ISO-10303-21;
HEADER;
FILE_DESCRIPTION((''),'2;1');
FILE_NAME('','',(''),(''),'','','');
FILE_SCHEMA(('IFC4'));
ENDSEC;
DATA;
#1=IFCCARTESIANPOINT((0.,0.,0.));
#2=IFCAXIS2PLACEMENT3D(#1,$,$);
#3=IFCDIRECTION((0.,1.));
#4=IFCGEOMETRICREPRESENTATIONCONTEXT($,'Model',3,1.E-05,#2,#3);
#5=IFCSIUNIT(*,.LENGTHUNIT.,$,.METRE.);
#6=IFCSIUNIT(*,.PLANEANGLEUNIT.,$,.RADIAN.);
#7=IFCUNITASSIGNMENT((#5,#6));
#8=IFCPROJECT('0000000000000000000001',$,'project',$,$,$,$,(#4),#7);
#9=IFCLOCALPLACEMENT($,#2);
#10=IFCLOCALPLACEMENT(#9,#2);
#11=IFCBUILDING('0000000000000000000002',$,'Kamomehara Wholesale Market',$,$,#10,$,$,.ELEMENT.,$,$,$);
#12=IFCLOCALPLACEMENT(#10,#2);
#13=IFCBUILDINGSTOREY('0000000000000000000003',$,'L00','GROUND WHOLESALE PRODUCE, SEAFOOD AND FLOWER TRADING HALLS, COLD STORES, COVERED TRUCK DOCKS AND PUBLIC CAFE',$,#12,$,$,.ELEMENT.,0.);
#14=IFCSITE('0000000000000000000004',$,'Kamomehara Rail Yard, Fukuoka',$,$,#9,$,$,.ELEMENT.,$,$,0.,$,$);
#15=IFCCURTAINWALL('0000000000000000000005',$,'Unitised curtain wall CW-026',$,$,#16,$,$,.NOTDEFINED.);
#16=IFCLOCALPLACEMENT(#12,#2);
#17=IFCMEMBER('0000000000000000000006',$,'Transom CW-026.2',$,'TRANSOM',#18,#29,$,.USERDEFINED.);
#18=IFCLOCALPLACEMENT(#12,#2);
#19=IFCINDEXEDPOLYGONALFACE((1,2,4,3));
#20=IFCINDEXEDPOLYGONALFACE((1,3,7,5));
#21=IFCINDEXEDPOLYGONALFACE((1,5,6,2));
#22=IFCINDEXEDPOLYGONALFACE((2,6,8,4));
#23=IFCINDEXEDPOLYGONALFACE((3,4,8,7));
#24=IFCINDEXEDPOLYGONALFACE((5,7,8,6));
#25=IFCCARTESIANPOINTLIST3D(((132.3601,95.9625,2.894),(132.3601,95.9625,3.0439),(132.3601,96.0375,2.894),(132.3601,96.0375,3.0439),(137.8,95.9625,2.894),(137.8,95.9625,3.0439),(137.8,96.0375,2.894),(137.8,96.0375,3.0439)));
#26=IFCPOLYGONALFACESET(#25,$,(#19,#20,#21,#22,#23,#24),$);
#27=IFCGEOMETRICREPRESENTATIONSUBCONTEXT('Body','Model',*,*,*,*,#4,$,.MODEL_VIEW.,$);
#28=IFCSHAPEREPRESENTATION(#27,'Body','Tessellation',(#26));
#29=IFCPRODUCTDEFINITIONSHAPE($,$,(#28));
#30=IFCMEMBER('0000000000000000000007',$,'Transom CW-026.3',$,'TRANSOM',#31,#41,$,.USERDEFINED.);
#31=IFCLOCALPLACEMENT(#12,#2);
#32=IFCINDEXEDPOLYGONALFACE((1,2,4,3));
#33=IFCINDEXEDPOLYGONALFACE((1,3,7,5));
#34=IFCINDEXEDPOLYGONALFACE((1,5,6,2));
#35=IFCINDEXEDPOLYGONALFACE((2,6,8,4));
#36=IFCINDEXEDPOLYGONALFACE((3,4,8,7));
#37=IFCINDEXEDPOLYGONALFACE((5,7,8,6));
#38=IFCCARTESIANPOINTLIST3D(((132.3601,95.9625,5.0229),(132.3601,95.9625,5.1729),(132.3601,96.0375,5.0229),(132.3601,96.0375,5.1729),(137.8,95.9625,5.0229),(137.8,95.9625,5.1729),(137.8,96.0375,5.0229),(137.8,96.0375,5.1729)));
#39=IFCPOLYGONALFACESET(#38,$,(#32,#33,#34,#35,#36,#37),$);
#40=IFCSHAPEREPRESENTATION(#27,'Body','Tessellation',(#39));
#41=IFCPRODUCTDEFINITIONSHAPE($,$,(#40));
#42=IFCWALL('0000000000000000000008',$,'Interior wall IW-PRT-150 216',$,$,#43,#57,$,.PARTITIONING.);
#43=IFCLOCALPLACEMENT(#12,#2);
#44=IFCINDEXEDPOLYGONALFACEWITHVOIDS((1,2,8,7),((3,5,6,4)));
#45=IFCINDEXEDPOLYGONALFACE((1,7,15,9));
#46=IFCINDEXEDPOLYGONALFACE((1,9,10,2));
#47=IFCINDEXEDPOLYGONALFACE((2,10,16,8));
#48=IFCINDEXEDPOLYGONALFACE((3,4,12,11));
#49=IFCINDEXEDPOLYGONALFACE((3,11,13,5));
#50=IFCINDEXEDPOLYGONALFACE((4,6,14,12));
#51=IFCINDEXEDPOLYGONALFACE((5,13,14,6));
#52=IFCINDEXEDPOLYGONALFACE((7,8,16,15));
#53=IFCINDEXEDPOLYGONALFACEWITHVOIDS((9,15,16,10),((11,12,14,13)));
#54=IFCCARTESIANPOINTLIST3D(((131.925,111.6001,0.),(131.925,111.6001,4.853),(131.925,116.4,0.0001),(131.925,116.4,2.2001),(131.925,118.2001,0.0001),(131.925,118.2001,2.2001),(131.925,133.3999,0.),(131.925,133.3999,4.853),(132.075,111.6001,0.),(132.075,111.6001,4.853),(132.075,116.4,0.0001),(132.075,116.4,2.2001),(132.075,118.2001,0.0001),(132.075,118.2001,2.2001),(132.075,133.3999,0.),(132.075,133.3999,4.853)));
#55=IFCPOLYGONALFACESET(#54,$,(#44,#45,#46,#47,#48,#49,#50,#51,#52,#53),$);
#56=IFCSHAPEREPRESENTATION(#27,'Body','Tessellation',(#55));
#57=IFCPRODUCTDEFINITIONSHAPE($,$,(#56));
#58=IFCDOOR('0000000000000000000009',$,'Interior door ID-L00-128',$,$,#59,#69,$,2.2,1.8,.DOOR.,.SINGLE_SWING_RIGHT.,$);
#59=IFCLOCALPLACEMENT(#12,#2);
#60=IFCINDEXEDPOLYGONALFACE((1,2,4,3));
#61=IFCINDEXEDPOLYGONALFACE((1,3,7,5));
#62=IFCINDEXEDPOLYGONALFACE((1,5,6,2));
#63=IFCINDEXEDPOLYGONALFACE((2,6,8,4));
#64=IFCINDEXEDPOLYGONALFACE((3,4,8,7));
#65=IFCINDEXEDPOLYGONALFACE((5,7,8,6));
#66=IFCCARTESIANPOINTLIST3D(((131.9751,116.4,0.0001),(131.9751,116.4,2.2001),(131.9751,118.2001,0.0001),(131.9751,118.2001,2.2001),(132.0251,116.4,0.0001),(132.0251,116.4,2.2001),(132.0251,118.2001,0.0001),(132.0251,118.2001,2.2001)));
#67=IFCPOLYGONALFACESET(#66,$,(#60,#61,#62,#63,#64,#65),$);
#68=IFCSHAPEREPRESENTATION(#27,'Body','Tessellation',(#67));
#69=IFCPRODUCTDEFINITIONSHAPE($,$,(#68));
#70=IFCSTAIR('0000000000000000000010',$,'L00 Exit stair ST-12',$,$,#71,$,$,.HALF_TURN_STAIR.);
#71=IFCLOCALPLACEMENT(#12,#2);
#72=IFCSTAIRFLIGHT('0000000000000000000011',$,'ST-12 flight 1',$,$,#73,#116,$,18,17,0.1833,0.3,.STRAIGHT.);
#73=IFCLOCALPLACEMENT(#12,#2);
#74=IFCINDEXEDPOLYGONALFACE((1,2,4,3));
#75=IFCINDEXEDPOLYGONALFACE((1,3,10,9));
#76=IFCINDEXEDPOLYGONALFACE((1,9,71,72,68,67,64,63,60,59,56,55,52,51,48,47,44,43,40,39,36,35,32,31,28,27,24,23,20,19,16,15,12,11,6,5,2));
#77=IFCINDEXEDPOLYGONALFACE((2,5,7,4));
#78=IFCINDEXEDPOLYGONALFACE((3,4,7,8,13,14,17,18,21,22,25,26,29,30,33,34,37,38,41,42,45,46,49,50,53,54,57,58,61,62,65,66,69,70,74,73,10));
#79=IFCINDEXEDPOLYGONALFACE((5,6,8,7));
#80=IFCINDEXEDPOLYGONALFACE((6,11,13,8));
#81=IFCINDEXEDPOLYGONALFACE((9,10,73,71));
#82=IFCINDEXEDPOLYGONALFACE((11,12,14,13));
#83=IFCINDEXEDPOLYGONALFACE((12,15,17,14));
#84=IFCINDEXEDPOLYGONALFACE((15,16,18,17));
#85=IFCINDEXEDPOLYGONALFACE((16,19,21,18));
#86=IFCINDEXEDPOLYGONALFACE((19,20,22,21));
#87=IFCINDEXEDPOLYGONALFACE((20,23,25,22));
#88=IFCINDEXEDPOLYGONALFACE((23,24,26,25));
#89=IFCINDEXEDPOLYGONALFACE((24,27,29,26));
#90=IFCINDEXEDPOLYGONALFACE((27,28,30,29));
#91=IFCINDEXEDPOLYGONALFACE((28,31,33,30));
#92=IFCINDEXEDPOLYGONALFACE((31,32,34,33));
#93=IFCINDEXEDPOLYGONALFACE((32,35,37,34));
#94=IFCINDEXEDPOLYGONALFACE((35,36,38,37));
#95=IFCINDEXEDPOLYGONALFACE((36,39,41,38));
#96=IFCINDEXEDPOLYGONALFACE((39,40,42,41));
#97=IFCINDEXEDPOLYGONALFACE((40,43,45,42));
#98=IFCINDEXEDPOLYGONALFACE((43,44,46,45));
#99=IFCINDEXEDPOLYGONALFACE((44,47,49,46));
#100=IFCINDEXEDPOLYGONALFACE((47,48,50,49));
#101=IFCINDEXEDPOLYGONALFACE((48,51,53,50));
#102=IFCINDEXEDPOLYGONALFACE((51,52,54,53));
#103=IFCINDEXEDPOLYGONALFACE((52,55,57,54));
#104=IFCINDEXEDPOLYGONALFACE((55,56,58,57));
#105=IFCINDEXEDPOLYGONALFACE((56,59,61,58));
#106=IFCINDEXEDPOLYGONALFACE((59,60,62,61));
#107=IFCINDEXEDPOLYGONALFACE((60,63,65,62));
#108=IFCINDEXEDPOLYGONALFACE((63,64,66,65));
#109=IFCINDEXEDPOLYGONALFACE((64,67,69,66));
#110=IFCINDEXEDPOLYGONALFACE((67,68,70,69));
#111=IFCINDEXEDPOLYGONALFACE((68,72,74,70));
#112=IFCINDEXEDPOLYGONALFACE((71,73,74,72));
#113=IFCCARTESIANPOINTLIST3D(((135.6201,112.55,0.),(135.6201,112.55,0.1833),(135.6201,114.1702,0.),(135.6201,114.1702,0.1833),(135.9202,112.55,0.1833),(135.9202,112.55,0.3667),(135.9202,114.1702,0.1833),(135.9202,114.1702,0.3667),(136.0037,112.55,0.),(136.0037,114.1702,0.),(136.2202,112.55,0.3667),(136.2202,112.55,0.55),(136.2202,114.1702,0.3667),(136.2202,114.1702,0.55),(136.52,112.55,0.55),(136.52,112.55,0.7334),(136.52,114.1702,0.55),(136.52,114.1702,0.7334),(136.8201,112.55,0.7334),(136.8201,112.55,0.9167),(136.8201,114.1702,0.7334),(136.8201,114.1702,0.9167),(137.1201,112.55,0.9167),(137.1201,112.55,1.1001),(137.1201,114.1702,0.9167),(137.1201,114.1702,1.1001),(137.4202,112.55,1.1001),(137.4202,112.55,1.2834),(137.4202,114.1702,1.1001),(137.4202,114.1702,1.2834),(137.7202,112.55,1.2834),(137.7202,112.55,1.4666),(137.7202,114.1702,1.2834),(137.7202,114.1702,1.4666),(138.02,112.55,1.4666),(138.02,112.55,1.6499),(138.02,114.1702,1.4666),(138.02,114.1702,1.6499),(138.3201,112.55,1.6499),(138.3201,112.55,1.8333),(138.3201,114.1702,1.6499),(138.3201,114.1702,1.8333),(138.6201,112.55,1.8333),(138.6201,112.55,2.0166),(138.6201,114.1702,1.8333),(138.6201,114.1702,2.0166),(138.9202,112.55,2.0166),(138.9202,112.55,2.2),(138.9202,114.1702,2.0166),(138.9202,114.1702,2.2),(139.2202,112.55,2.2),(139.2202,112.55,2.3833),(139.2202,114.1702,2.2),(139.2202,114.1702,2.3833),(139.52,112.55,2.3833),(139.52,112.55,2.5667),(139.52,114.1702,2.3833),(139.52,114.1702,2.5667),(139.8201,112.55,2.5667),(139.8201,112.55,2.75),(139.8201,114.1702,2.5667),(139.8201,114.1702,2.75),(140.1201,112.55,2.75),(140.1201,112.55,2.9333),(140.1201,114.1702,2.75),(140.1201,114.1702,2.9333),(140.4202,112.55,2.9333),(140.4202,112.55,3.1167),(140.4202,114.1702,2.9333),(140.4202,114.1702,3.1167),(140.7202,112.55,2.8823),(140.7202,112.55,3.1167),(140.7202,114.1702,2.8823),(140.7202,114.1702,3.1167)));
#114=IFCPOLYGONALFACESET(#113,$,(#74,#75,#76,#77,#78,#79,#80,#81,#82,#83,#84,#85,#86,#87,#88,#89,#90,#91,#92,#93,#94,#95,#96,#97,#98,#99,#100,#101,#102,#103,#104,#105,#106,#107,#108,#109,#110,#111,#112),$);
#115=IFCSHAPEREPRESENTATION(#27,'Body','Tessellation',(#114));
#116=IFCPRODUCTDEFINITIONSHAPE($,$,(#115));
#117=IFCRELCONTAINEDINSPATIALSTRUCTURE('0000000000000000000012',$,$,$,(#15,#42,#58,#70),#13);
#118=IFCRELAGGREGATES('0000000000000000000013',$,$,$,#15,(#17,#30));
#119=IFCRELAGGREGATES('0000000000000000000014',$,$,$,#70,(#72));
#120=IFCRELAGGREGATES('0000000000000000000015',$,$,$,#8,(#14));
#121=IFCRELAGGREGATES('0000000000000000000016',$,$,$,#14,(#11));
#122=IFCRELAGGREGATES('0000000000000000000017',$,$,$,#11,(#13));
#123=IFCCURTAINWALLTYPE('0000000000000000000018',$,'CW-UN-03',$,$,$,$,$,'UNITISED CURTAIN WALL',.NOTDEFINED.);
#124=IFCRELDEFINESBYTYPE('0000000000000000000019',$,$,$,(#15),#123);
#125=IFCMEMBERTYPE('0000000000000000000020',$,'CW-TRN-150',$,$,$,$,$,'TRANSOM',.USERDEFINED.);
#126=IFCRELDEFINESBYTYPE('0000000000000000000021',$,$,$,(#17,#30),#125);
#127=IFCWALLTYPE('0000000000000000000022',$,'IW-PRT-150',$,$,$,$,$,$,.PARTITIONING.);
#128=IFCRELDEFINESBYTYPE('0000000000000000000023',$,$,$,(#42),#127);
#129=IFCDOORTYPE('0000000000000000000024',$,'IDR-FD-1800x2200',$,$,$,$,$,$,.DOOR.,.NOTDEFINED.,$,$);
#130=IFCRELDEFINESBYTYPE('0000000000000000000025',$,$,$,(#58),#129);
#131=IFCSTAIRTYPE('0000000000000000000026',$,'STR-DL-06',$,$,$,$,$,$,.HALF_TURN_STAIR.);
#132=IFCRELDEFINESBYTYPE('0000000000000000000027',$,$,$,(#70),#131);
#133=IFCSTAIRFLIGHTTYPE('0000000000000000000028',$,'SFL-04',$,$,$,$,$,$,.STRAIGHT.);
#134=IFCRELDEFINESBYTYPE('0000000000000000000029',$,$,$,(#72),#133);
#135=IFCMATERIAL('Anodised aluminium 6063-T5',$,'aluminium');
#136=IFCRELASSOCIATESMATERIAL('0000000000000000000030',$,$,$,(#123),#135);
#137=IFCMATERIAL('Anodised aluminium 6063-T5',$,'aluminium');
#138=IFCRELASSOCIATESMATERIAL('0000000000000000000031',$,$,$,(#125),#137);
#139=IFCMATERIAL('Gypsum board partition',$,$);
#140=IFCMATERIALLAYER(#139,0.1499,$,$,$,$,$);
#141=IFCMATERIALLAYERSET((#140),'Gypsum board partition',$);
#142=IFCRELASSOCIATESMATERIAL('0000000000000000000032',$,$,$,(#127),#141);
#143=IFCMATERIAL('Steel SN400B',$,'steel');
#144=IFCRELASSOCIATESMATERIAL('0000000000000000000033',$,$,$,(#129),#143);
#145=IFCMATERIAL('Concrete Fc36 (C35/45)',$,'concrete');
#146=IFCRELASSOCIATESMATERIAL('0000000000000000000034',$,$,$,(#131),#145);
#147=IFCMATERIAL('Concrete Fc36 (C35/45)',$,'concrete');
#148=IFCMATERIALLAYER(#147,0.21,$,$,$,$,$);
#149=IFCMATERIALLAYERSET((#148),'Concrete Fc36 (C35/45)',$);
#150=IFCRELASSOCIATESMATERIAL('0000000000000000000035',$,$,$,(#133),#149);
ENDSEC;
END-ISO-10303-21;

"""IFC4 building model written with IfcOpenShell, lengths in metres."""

from ifc_helpers import new_model, si_unit, direction, frame, frame_2d, origin, origin_2d, place, context, subcontext, project, spatial, polyline, rectangle, outline, extrude, material, layer, layer_set, material_profile, profile_set, type_object, element, fill, aggregate, save


model = new_model("IFC4")

# Units and contexts
model_context = context("Model", 3, precision=1e-05, world=origin(), true_north=direction((0.0, 1.0)))
body_context = subcontext(model_context, "Body", "Model", "MODEL_VIEW")
ifc_project = project(units=[si_unit("LENGTHUNIT", "METRE"), si_unit("PLANEANGLEUNIT", "RADIAN")], contexts=[model_context])

# Site, building, storey
site_placement = place(None, origin())
site = spatial("IfcSite", under=ifc_project, at=site_placement, Name="Kamomehara Rail Yard, Fukuoka", CompositionType="ELEMENT", RefElevation=0.0)
building_placement = place(site_placement, origin())
building = spatial("IfcBuilding", under=site, at=building_placement, Name="Kamomehara Wholesale Market", CompositionType="ELEMENT")
storey_placement = place(building_placement, origin())
storey = spatial("IfcBuildingStorey", under=building, at=storey_placement, Name="L00", Description="GROUND WHOLESALE PRODUCE, SEAFOOD AND FLOWER TRADING HALLS, COLD STORES, COVERED TRUCK DOCKS AND PUBLIC CAFE", CompositionType="ELEMENT", Elevation=0.0)

# Shared definitions
ifc_material_1 = material(Name="Anodised aluminium 6063-T5", Category="aluminium")
curtain_wall_type = type_object("IfcCurtainWallType", Name="CW-UN-03", ElementType="UNITISED CURTAIN WALL", PredefinedType="NOTDEFINED", material=ifc_material_1)

# Curtain wall, members
curtain_wall_1_placement = place(storey_placement, origin())
curtain_wall_1 = element("IfcCurtainWall", 1, at=curtain_wall_1_placement, inside=storey, type_object=curtain_wall_type, Name="Unitised curtain wall CW-026", PredefinedType="NOTDEFINED")
ifc_material_2 = material(Name="Anodised aluminium 6063-T5", Category="aluminium")
ifc_material_profile_1 = material_profile(ifc_material_2, rectangle(XDim=0.075, YDim=0.1499, at=origin_2d()), Name="ALU-TRN-75x150")
ifc_profile_set_1 = profile_set([ifc_material_profile_1], Name="Anodised aluminium 6063-T5")
member_type_1 = type_object("IfcMemberType", Name="CW-TRN-150", ElementType="TRANSOM", PredefinedType="USERDEFINED", material=ifc_profile_set_1)
member_1_placement = place(storey_placement, frame((137.8, 96.0, 2.969), z_axis=(-1.0, 0.0, 0.0), x_axis=(0.0, -1.0, 0.0)))
member_1 = element("IfcMember", 2, at=member_1_placement, type_object=member_type_1, Name="Transom CW-026.2", ObjectType="TRANSOM", PredefinedType="USERDEFINED", context=body_context, shape_type="SweptSolid", body=[
    extrude(rectangle(XDim=0.075, YDim=0.1499, at=origin_2d()), origin(), (0.0, 0.0, 1.0), 5.4399),
])
member_2_placement = place(storey_placement, frame((137.8, 96.0, 5.0979), z_axis=(-1.0, 0.0, 0.0), x_axis=(0.0, -1.0, 0.0)))
member_2 = element("IfcMember", 3, at=member_2_placement, type_object=member_type_1, Name="Transom CW-026.3", ObjectType="TRANSOM", PredefinedType="USERDEFINED", context=body_context, shape_type="SweptSolid", body=[
    extrude(rectangle(XDim=0.075, YDim=0.1499, at=origin_2d()), origin(), (0.0, 0.0, 1.0), 5.4399),
])
aggregate(curtain_wall_1, [member_1, member_2])

# Wall, opening, door
ifc_material_3 = material(Name="Gypsum board partition")
ifc_layer_1 = layer(ifc_material_3, 0.1499)
ifc_layer_set_1 = layer_set([ifc_layer_1], Name="Gypsum board partition")
wall_type = type_object("IfcWallType", Name="IW-PRT-150", PredefinedType="PARTITIONING", material=ifc_layer_set_1)
wall_placement = place(storey_placement, frame((132.0, 111.6001, 0.0), z_axis=(0.0, 0.0, 1.0), x_axis=(0.0, 1.0, 0.0)))
wall = element("IfcWall", 4, at=wall_placement, inside=storey, type_object=wall_type, Name="Interior wall IW-PRT-150 216", PredefinedType="PARTITIONING", context=body_context, shape_type="SweptSolid", body=[
    extrude(rectangle(XDim=21.7998, YDim=0.1499, at=frame_2d((10.8999, 0.0))), origin(), (0.0, 0.0, 1.0), 4.853),
])
opening_placement = place(wall_placement, frame((4.8, 0.0, 0.0)))
opening = element("IfcOpeningElement", 5, at=opening_placement, cuts=wall, PredefinedType="OPENING", context=body_context, shape_type="SweptSolid", body=[
    extrude(rectangle(XDim=1.8, YDim=2.2, at=frame_2d((0.8999, 1.1001))), frame((0.0, 0.0898, 0.0), z_axis=(0.0, -1.0, 0.0), x_axis=(1.0, 0.0, 0.0)), (0.0, 0.0, 1.0), 0.1797),
])
ifc_material_4 = material(Name="Steel SN400B", Category="steel")
door_type = type_object("IfcDoorType", Name="IDR-FD-1800x2200", OperationType="NOTDEFINED", PredefinedType="DOOR", material=ifc_material_4)
door_placement = place(opening_placement, origin())
door = element("IfcDoor", 6, at=door_placement, inside=storey, type_object=door_type, Name="Interior door ID-L00-128", OperationType="SINGLE_SWING_RIGHT", OverallHeight=2.2, OverallWidth=1.8, PredefinedType="DOOR", context=body_context, shape_type="SweptSolid", body=[
    extrude(rectangle(XDim=1.8, YDim=2.2, at=frame_2d((0.8999, 1.1001))), frame((0.0, 0.0249, 0.0), z_axis=(0.0, -1.0, 0.0), x_axis=(1.0, 0.0, 0.0)), (0.0, 0.0, 1.0), 0.05),
])
fill(opening, door)

# Stair, stair flight
ifc_material_5 = material(Name="Concrete Fc36 (C35/45)", Category="concrete")
stair_type = type_object("IfcStairType", Name="STR-DL-06", PredefinedType="HALF_TURN_STAIR", material=ifc_material_5)
stair_placement = place(storey_placement, origin())
stair = element("IfcStair", 7, at=stair_placement, inside=storey, type_object=stair_type, Name="L00 Exit stair ST-12", PredefinedType="HALF_TURN_STAIR")
ifc_material_6 = material(Name="Concrete Fc36 (C35/45)", Category="concrete")
ifc_layer_2 = layer(ifc_material_6, 0.21)
ifc_layer_set_2 = layer_set([ifc_layer_2], Name="Concrete Fc36 (C35/45)")
stair_flight_type = type_object("IfcStairFlightType", Name="SFL-04", PredefinedType="STRAIGHT", material=ifc_layer_set_2)
stair_flight_placement = place(storey_placement, frame((135.6201, 113.3601, 0.0), z_axis=(0.0, 0.0, 1.0), x_axis=(1.0, 0.0, 0.0)))
stair_flight = element("IfcStairFlight", 8, at=stair_flight_placement, type_object=stair_flight_type, Name="ST-12 flight 1", NumberOfRisers=18, NumberOfTreads=17, PredefinedType="STRAIGHT", RiserHeight=0.1833, TreadLength=0.3, context=body_context, shape_type="SweptSolid", body=[
    extrude(outline(polyline([(0.0, 0.0), (0.0, 0.1833), (0.3, 0.1833), (0.3, 0.3667), (0.6001, 0.3667), (0.6001, 0.55), (0.8999, 0.55), (0.8999, 0.7334), (1.2, 0.7334), (1.2, 0.9167), (1.5, 0.9167), (1.5, 1.1001), (1.8, 1.1001), (1.8, 1.2834), (2.1001, 1.2834), (2.1001, 1.4666), (2.3999, 1.4666), (2.3999, 1.6499), (2.7, 1.6499), (2.7, 1.8333), (3.0, 1.8333), (3.0, 2.0166), (3.3, 2.0166), (3.3, 2.2), (3.6001, 2.2), (3.6001, 2.3833), (3.8999, 2.3833), (3.8999, 2.5667), (4.2, 2.5667), (4.2, 2.75), (4.5, 2.75), (4.5, 2.9333), (4.8, 2.9333), (4.8, 3.1167), (5.1001, 3.1167), (5.1001, 3.3), (5.1001, 2.8823), (0.3835, 0.0), (0.0, 0.0)])), frame((0.0, 0.8101, 0.0), z_axis=(0.0, -1.0, 0.0), x_axis=(1.0, 0.0, 0.0)), (0.0, 0.0, 1.0), 1.6201),
])
aggregate(stair, [stair_flight])

save(model, "model.ifc")
